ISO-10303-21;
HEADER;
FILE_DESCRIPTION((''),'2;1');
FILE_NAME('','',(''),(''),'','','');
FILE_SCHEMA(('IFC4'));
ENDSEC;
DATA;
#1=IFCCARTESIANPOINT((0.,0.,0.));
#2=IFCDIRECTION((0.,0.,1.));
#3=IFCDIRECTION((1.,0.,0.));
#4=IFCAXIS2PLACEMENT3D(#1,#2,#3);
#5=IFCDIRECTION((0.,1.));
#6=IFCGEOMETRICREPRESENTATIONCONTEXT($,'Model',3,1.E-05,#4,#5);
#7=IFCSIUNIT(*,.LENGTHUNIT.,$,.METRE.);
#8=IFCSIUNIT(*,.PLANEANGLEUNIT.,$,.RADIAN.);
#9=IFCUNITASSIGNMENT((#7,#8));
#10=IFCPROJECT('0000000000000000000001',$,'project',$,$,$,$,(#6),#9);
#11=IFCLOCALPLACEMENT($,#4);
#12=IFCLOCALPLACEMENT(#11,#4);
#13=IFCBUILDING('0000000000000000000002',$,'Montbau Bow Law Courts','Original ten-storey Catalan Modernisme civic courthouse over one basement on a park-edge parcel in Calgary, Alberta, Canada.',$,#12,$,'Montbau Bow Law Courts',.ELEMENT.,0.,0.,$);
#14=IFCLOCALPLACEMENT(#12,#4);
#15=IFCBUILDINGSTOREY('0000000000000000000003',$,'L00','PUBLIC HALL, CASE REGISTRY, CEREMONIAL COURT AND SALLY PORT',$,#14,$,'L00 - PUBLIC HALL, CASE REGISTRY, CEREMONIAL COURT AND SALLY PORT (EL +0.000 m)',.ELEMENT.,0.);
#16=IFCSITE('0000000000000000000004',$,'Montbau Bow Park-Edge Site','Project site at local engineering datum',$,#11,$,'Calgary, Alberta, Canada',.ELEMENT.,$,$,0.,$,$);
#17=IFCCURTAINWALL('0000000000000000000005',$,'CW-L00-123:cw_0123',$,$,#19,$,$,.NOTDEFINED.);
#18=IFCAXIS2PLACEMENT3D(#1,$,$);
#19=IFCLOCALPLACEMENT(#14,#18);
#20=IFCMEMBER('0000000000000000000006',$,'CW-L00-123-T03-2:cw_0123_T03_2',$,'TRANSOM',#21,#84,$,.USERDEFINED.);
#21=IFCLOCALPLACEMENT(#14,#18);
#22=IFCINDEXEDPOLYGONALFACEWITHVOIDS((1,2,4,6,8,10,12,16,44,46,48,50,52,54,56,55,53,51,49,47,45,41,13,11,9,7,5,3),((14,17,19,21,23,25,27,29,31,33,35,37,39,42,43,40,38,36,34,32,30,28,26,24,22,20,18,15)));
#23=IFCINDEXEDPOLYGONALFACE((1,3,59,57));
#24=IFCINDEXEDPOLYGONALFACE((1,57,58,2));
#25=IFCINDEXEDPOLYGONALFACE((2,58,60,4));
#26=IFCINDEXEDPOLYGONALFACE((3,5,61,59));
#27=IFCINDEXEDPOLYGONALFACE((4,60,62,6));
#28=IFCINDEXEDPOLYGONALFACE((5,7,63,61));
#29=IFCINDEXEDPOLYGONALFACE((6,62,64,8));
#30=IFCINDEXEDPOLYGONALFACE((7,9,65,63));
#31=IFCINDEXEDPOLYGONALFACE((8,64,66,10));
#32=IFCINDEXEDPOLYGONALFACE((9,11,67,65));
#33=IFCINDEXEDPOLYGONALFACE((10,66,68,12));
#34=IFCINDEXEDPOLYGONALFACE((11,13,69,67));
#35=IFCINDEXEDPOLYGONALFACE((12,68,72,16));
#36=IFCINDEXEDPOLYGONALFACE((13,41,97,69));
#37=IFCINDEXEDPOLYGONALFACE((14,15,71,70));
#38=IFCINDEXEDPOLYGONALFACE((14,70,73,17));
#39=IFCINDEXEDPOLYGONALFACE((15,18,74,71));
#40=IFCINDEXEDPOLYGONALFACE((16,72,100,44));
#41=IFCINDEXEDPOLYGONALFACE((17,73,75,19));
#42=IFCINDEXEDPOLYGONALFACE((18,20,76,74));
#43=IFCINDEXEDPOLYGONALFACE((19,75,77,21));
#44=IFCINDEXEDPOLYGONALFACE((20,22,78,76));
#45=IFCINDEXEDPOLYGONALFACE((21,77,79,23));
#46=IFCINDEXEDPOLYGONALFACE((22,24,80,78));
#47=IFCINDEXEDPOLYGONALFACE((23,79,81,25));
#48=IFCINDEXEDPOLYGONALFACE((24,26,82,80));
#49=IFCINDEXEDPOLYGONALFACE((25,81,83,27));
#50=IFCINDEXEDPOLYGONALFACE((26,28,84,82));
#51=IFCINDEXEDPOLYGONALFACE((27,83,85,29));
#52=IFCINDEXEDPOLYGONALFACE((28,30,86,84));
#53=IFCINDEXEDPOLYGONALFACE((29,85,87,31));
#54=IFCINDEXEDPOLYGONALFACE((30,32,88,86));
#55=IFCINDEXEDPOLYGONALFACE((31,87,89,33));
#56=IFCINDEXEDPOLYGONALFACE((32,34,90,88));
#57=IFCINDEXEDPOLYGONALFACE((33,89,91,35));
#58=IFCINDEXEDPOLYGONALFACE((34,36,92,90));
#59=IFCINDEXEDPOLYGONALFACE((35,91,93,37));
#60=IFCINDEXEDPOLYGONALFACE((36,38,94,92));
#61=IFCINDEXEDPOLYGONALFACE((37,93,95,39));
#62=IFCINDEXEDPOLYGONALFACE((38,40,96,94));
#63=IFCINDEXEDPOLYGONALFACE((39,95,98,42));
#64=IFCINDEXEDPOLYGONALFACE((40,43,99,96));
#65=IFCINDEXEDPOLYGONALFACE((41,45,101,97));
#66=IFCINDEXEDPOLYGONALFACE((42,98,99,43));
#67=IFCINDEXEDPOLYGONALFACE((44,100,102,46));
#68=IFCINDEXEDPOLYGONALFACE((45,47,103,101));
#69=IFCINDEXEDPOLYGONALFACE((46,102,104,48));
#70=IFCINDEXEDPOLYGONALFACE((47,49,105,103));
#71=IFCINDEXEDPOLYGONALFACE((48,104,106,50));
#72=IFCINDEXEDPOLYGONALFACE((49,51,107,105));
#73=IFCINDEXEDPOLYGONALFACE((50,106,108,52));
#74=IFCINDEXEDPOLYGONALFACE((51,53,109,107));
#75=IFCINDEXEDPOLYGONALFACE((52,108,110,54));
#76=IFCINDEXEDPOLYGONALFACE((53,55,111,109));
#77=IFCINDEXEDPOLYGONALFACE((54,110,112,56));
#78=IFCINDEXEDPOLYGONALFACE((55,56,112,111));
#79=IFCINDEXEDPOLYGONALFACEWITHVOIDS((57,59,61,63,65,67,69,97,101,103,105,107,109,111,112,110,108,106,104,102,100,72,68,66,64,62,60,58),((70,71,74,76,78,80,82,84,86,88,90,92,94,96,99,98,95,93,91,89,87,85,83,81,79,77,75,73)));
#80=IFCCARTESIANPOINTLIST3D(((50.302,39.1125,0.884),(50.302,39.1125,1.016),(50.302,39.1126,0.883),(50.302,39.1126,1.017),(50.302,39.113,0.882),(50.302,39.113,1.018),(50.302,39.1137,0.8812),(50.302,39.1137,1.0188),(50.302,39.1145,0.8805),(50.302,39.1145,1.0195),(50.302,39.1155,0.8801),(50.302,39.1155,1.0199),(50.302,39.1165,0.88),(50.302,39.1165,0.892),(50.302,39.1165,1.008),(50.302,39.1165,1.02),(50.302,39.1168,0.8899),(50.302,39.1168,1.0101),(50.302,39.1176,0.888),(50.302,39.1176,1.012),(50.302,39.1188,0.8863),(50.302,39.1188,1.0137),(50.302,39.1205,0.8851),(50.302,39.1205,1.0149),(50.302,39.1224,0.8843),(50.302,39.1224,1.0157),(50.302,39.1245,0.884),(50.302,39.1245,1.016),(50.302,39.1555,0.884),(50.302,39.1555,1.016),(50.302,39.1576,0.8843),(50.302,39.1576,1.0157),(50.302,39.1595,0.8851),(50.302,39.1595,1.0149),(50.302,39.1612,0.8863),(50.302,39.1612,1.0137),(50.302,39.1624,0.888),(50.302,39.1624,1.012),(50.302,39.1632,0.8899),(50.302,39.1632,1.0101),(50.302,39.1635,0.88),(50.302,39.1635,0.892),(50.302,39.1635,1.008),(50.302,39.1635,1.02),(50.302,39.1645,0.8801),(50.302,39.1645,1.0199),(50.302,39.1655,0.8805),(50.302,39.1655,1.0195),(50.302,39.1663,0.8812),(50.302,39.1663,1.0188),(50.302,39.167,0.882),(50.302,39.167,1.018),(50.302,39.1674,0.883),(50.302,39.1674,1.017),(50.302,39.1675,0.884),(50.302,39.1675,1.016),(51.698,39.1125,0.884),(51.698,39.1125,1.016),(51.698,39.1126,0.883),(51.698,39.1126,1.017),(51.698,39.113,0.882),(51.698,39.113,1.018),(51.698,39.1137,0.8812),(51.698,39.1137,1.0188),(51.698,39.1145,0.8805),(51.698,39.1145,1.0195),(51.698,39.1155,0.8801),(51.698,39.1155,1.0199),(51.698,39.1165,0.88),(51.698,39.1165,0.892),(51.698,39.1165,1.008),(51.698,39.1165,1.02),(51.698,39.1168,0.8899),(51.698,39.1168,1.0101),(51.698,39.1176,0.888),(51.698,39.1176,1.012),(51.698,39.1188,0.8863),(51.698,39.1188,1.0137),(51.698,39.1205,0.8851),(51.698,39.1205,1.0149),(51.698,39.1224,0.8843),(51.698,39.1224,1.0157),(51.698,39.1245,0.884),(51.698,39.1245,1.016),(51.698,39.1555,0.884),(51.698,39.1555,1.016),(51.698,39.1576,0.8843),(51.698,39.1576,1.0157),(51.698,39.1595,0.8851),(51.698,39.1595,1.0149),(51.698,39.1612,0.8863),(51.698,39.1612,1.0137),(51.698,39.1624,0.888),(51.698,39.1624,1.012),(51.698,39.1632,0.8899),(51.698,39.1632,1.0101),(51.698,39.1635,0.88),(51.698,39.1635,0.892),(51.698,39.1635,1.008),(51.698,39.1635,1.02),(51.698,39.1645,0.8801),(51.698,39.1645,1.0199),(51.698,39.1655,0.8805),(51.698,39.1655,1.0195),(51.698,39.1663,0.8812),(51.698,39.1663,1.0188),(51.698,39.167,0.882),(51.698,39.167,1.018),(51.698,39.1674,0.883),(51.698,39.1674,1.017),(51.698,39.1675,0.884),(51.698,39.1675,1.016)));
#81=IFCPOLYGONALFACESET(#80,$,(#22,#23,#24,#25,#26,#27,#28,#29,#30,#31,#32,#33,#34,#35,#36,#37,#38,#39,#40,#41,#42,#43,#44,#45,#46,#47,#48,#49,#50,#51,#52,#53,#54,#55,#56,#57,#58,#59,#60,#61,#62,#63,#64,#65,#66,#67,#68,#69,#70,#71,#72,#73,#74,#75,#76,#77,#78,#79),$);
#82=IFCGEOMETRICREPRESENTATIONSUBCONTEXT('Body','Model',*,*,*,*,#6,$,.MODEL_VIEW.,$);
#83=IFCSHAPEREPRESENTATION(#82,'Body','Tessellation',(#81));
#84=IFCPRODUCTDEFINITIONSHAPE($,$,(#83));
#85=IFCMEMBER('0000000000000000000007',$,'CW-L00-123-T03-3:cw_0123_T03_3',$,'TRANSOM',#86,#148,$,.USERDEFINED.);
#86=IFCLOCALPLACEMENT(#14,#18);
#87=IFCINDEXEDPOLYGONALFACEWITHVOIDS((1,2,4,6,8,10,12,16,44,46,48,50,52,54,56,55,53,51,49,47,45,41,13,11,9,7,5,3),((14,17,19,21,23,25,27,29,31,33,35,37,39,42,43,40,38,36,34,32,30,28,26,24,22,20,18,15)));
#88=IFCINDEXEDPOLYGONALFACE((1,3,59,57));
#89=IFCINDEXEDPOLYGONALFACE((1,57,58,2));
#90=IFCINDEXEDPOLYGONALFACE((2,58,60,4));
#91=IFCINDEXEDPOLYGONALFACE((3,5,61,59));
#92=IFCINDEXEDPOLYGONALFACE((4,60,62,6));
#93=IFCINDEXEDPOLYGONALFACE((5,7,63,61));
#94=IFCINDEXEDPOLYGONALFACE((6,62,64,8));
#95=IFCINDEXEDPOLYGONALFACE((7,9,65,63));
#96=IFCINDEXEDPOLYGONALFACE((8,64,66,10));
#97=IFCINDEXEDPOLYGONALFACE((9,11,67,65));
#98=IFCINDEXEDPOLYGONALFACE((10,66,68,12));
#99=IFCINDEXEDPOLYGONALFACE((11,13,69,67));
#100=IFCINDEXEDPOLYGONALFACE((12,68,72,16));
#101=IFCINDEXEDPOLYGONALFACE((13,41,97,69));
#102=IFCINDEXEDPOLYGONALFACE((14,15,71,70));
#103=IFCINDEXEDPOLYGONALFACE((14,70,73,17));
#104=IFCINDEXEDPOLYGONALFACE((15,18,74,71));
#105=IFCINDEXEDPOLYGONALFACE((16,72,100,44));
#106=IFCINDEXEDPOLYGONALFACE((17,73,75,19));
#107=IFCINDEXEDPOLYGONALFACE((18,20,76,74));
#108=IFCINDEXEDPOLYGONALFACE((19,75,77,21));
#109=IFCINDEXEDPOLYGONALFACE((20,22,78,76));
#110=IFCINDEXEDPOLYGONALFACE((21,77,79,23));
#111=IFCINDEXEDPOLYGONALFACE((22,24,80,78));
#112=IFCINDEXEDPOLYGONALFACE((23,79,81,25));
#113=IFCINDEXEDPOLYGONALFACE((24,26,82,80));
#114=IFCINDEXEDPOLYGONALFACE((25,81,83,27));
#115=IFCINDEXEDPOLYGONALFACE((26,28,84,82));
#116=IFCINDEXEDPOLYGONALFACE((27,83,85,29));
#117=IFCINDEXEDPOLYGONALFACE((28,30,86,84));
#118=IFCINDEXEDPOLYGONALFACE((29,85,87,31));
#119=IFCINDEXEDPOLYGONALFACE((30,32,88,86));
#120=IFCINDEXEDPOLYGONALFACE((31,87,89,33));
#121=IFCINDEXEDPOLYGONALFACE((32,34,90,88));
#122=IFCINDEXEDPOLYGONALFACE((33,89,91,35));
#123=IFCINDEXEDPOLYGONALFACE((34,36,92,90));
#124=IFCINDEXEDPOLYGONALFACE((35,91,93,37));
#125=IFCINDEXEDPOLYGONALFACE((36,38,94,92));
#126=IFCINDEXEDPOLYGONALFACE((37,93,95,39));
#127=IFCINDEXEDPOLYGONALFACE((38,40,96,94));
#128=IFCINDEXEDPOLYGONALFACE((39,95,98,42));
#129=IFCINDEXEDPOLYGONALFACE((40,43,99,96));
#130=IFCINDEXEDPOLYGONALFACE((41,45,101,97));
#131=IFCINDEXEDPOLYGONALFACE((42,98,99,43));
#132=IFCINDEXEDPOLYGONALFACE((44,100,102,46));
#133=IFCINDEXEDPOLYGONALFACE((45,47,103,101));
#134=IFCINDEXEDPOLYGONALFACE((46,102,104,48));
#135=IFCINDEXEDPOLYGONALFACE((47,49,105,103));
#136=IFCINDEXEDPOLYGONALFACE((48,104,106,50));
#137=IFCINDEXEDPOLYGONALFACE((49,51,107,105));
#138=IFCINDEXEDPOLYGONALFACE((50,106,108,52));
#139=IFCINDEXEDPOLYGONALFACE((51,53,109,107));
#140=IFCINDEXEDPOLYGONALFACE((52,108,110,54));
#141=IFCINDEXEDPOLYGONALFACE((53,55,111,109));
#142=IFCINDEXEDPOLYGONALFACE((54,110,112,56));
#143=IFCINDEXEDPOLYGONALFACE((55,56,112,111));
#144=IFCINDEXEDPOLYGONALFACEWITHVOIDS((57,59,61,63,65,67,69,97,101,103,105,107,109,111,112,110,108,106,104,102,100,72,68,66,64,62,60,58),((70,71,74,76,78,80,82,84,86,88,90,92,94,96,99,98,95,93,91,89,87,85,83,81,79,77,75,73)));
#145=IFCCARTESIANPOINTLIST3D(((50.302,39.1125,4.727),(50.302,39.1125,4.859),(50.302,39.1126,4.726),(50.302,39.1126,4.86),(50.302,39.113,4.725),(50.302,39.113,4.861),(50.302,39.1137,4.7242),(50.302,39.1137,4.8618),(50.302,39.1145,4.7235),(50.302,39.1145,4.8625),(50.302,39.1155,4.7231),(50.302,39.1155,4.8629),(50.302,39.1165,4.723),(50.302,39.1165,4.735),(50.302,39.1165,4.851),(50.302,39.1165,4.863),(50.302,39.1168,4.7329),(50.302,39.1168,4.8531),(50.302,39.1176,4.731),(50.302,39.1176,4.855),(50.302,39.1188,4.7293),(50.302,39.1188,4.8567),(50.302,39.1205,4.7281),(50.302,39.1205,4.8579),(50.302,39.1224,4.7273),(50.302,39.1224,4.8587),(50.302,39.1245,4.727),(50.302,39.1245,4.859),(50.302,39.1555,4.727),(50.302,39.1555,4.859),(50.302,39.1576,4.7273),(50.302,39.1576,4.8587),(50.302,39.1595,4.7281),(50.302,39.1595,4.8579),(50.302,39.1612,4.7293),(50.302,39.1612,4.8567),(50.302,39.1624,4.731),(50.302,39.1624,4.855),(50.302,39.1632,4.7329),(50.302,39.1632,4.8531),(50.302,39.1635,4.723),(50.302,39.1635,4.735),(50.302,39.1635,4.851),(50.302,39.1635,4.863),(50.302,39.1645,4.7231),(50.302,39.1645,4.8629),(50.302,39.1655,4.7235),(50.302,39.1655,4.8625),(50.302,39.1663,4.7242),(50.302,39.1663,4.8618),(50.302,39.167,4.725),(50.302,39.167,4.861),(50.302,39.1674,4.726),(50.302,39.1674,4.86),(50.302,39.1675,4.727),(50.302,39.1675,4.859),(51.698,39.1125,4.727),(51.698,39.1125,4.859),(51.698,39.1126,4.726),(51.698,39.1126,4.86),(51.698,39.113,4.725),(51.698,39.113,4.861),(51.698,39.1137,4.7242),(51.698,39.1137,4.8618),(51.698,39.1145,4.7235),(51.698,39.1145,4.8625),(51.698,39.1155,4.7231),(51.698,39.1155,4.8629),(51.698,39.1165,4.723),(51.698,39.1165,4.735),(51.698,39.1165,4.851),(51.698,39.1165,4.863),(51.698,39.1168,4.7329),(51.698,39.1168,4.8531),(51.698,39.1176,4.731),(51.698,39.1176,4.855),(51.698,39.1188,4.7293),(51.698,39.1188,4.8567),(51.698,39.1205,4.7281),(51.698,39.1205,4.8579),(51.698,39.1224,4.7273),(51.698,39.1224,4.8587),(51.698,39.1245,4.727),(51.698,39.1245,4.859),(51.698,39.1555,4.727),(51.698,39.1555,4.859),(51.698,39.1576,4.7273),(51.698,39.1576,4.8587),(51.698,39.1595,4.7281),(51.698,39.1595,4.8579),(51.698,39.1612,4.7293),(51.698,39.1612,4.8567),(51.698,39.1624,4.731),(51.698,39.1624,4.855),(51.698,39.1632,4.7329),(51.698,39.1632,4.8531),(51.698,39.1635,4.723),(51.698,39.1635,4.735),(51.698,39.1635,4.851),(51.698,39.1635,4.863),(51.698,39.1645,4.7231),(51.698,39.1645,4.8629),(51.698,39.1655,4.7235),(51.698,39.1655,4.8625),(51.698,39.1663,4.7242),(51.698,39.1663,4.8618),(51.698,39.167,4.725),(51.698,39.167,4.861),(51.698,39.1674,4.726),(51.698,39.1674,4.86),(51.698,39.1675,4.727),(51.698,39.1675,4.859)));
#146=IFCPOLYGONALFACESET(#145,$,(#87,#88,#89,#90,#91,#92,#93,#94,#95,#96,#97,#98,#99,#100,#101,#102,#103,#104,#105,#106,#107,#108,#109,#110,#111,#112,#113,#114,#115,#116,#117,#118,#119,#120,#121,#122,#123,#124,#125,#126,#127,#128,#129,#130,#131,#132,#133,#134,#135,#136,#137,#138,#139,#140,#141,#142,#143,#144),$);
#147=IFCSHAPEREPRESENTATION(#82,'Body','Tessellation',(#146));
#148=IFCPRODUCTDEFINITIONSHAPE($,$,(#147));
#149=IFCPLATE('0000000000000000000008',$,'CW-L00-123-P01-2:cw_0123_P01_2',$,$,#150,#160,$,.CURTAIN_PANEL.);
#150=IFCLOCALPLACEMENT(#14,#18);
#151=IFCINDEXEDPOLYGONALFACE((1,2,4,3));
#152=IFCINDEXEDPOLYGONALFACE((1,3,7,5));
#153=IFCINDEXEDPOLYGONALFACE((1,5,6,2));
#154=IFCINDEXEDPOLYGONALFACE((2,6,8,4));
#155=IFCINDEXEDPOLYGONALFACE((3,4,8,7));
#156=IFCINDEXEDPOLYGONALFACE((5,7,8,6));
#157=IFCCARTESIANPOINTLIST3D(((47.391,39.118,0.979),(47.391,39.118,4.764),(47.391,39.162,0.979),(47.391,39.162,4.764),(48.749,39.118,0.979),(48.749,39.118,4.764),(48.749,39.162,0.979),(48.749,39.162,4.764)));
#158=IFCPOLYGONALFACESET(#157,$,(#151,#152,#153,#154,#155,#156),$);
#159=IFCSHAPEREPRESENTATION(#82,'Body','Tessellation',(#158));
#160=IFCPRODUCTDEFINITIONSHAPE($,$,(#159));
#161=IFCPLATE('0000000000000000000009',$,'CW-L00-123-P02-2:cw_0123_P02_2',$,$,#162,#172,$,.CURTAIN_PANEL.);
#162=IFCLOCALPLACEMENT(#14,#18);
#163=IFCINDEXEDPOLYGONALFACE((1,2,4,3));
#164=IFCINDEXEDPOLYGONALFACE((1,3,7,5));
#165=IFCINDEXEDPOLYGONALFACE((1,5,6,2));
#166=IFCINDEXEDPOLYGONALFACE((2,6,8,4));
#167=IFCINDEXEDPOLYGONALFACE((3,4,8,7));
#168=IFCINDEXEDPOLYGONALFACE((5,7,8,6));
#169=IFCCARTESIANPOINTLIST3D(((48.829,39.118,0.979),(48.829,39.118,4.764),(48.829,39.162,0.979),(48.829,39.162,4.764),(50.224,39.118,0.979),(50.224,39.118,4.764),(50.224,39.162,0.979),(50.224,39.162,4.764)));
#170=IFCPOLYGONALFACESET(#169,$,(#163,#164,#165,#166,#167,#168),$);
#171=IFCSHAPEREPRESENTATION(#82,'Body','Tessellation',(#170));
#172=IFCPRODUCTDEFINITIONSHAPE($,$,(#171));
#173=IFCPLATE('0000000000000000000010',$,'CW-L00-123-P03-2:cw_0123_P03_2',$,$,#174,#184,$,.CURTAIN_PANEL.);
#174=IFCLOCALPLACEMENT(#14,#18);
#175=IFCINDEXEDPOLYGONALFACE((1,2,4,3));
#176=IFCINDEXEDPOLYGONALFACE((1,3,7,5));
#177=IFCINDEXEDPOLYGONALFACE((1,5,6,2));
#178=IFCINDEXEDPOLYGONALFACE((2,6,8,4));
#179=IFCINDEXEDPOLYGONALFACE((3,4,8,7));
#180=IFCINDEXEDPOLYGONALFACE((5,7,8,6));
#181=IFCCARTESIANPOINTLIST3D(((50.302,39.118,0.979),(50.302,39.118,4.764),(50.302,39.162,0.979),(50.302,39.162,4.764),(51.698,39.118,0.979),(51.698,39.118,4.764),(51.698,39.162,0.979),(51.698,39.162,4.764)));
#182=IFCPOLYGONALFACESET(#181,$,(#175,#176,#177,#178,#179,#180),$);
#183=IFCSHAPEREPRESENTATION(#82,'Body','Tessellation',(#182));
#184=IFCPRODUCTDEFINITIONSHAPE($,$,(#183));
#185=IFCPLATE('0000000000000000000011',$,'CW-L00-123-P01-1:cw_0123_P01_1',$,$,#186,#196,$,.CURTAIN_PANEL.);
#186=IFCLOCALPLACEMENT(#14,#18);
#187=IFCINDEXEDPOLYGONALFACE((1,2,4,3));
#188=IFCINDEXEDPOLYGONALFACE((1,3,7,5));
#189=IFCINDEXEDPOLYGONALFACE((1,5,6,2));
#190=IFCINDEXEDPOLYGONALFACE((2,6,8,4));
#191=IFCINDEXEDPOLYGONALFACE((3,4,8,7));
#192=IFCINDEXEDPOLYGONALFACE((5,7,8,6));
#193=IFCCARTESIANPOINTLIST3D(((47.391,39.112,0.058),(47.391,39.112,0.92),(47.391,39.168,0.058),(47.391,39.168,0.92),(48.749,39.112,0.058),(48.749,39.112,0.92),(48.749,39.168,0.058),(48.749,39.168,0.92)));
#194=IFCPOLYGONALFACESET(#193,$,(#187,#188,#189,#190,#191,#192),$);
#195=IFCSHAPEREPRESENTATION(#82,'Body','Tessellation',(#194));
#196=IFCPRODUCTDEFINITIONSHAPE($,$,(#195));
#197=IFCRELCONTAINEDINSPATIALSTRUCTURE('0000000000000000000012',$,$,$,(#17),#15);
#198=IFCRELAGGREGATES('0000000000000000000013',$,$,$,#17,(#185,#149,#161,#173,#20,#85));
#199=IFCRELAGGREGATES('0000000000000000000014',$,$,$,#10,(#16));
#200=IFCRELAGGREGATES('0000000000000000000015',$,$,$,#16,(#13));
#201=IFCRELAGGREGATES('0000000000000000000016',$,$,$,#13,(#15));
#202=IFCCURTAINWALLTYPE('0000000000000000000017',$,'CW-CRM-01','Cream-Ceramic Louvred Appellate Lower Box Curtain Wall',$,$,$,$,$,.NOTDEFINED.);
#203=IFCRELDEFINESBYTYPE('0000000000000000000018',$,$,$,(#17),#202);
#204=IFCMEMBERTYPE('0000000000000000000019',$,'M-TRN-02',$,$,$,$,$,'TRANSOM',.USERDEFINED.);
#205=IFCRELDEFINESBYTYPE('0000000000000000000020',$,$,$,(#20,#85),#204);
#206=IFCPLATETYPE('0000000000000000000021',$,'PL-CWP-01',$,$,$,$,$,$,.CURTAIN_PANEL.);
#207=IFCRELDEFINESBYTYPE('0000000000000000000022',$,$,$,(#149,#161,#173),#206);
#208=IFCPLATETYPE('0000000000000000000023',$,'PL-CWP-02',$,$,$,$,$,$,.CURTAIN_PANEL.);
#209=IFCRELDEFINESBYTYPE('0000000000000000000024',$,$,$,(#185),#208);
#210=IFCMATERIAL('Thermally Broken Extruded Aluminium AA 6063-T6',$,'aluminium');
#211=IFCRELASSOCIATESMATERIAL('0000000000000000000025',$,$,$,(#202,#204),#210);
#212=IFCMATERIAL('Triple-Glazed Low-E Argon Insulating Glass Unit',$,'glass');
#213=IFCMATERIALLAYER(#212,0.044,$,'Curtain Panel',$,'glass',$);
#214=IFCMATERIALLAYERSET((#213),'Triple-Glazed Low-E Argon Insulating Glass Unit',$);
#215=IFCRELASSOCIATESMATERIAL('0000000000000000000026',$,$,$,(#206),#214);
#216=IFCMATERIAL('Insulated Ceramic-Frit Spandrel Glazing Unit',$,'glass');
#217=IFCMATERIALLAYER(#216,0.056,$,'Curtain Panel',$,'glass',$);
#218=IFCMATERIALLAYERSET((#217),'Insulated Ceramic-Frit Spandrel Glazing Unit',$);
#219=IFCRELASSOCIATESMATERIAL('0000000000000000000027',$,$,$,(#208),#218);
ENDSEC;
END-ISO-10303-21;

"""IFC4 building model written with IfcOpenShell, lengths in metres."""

from ifc_helpers import new_model, si_unit, direction, frame, frame_2d, origin_with_axes, origin_2d_with_axis, place, context, subcontext, project, spatial, rectangle, hollow_rectangle, extrude, material, layer, layer_set, material_profile, profile_set, type_object, element, aggregate, save


model = new_model("IFC4")

# Units and contexts
model_context = context("Model", 3, precision=1e-05, world=origin_with_axes(), true_north=direction((0.0, 1.0)))
body_context = subcontext(model_context, "Body", "Model", "MODEL_VIEW")
ifc_project = project(units=[si_unit("LENGTHUNIT", "METRE"), si_unit("PLANEANGLEUNIT", "RADIAN")], contexts=[model_context])

# Site, building, storey
site_placement = place(None, origin_with_axes())
site = spatial("IfcSite", under=ifc_project, at=site_placement, Name="Montbau Bow Park-Edge Site", Description="Project site at local engineering datum", LongName="Calgary, Alberta, Canada", CompositionType="ELEMENT", RefElevation=0.0)
building_placement = place(site_placement, origin_with_axes())
building = spatial("IfcBuilding", under=site, at=building_placement, Name="Montbau Bow Law Courts", Description="Original ten-storey Catalan Modernisme civic courthouse over one basement on a park-edge parcel in Calgary, Alberta, Canada.", LongName="Montbau Bow Law Courts", CompositionType="ELEMENT", ElevationOfRefHeight=0.0, ElevationOfTerrain=0.0)
storey_placement = place(building_placement, origin_with_axes())
storey = spatial("IfcBuildingStorey", under=building, at=storey_placement, Name="L00", Description="PUBLIC HALL, CASE REGISTRY, CEREMONIAL COURT AND SALLY PORT", LongName="L00 - PUBLIC HALL, CASE REGISTRY, CEREMONIAL COURT AND SALLY PORT (EL +0.000 m)", CompositionType="ELEMENT", Elevation=0.0)

# Curtain wall, members, plates
ifc_material_1 = material(Name="Thermally Broken Extruded Aluminium AA 6063-T6", Category="aluminium")
curtain_wall_type = type_object("IfcCurtainWallType", Name="CW-CRM-01", Description="Cream-Ceramic Louvred Appellate Lower Box Curtain Wall", PredefinedType="NOTDEFINED", material=ifc_material_1)
curtain_wall_placement = place(None, frame((47.315, 39.14, 0.0), z_axis=(0.0, 0.0, 1.0), x_axis=(1.0, 0.0, 0.0)))
curtain_wall = element("IfcCurtainWall", 1, at=curtain_wall_placement, inside=storey, type_object=curtain_wall_type, Name="CW-L00-123:cw_0123", PredefinedType="NOTDEFINED")
ifc_material_profile_1 = material_profile(ifc_material_1, hollow_rectangle(XDim=0.055, YDim=0.14, WallThickness=0.004, InnerFilletRadius=0.008, OuterFilletRadius=0.004, at=origin_2d_with_axis()), Name="CWT-140X55", Category="Main", Priority=0)
ifc_profile_set_1 = profile_set([ifc_material_profile_1], Name="Thermally Broken Extruded Aluminium AA 6063-T6")
member_type_1 = type_object("IfcMemberType", Name="M-TRN-02", ElementType="TRANSOM", PredefinedType="USERDEFINED", material=ifc_profile_set_1)
member_1_placement = place(None, frame((50.302, 39.14, 0.95), z_axis=(1.0, 0.0, 0.0), x_axis=(0.0, 1.0, 0.0)))
member_1 = element("IfcMember", 2, at=member_1_placement, type_object=member_type_1, Name="CW-L00-123-T03-2:cw_0123_T03_2", ObjectType="TRANSOM", PredefinedType="USERDEFINED", context=body_context, shape_type="SweptSolid", body=[
    extrude(hollow_rectangle(XDim=0.055, YDim=0.14, WallThickness=0.004, InnerFilletRadius=0.008, OuterFilletRadius=0.004, at=origin_2d_with_axis()), origin_with_axes(), (0.0, 0.0, 1.0), 1.396),
])
member_2_placement = place(None, frame((50.302, 39.14, 4.793), z_axis=(1.0, 0.0, 0.0), x_axis=(0.0, 1.0, 0.0)))
member_2 = element("IfcMember", 3, at=member_2_placement, type_object=member_type_1, Name="CW-L00-123-T03-3:cw_0123_T03_3", ObjectType="TRANSOM", PredefinedType="USERDEFINED", context=body_context, shape_type="SweptSolid", body=[
    extrude(hollow_rectangle(XDim=0.055, YDim=0.14, WallThickness=0.004, InnerFilletRadius=0.008, OuterFilletRadius=0.004, at=origin_2d_with_axis()), origin_with_axes(), (0.0, 0.0, 1.0), 1.396),
])
ifc_material_2 = material(Name="Triple-Glazed Low-E Argon Insulating Glass Unit", Category="glass")
ifc_layer_1 = layer(ifc_material_2, 0.044, Name="Curtain Panel", Category="glass")
ifc_layer_set_1 = layer_set([ifc_layer_1], Name="Triple-Glazed Low-E Argon Insulating Glass Unit")
plate_type_1 = type_object("IfcPlateType", Name="PL-CWP-01", PredefinedType="CURTAIN_PANEL", material=ifc_layer_set_1)
plate_1_placement = place(None, frame((47.391, 39.14, 0.979), z_axis=(0.0, -1.0, 0.0), x_axis=(1.0, 0.0, 0.0)))
plate_1 = element("IfcPlate", 4, at=plate_1_placement, type_object=plate_type_1, Name="CW-L00-123-P01-2:cw_0123_P01_2", PredefinedType="CURTAIN_PANEL", context=body_context, shape_type="SweptSolid", body=[
    extrude(rectangle(XDim=1.358, YDim=3.785, at=frame_2d((0.679, 1.8925), x_axis=(1.0, 0.0))), frame((0.0, 0.0, -0.022), z_axis=(0.0, 0.0, 1.0), x_axis=(1.0, 0.0, 0.0)), (0.0, 0.0, 1.0), 0.044),
])
plate_2_placement = place(None, frame((48.829, 39.14, 0.979), z_axis=(0.0, -1.0, 0.0), x_axis=(1.0, 0.0, 0.0)))
plate_2 = element("IfcPlate", 5, at=plate_2_placement, type_object=plate_type_1, Name="CW-L00-123-P02-2:cw_0123_P02_2", PredefinedType="CURTAIN_PANEL", context=body_context, shape_type="SweptSolid", body=[
    extrude(rectangle(XDim=1.395, YDim=3.785, at=frame_2d((0.6975, 1.8925), x_axis=(1.0, 0.0))), frame((0.0, 0.0, -0.022), z_axis=(0.0, 0.0, 1.0), x_axis=(1.0, 0.0, 0.0)), (0.0, 0.0, 1.0), 0.044),
])
plate_3_placement = place(None, frame((50.302, 39.14, 0.979), z_axis=(0.0, -1.0, 0.0), x_axis=(1.0, 0.0, 0.0)))
plate_3 = element("IfcPlate", 6, at=plate_3_placement, type_object=plate_type_1, Name="CW-L00-123-P03-2:cw_0123_P03_2", PredefinedType="CURTAIN_PANEL", context=body_context, shape_type="SweptSolid", body=[
    extrude(rectangle(XDim=1.396, YDim=3.785, at=frame_2d((0.698, 1.8925), x_axis=(1.0, 0.0))), frame((0.0, 0.0, -0.022), z_axis=(0.0, 0.0, 1.0), x_axis=(1.0, 0.0, 0.0)), (0.0, 0.0, 1.0), 0.044),
])
ifc_material_3 = material(Name="Insulated Ceramic-Frit Spandrel Glazing Unit", Category="glass")
ifc_layer_2 = layer(ifc_material_3, 0.056, Name="Curtain Panel", Category="glass")
ifc_layer_set_2 = layer_set([ifc_layer_2], Name="Insulated Ceramic-Frit Spandrel Glazing Unit")
plate_type_2 = type_object("IfcPlateType", Name="PL-CWP-02", PredefinedType="CURTAIN_PANEL", material=ifc_layer_set_2)
plate_4_placement = place(None, frame((47.391, 39.14, 0.058), z_axis=(0.0, -1.0, 0.0), x_axis=(1.0, 0.0, 0.0)))
plate_4 = element("IfcPlate", 7, at=plate_4_placement, type_object=plate_type_2, Name="CW-L00-123-P01-1:cw_0123_P01_1", PredefinedType="CURTAIN_PANEL", context=body_context, shape_type="SweptSolid", body=[
    extrude(rectangle(XDim=1.358, YDim=0.862, at=frame_2d((0.679, 0.431), x_axis=(1.0, 0.0))), frame((0.0, 0.0, -0.028), z_axis=(0.0, 0.0, 1.0), x_axis=(1.0, 0.0, 0.0)), (0.0, 0.0, 1.0), 0.056),
])
aggregate(curtain_wall, [plate_4, plate_1, plate_2, plate_3, member_1, member_2])

save(model, "model.ifc")
